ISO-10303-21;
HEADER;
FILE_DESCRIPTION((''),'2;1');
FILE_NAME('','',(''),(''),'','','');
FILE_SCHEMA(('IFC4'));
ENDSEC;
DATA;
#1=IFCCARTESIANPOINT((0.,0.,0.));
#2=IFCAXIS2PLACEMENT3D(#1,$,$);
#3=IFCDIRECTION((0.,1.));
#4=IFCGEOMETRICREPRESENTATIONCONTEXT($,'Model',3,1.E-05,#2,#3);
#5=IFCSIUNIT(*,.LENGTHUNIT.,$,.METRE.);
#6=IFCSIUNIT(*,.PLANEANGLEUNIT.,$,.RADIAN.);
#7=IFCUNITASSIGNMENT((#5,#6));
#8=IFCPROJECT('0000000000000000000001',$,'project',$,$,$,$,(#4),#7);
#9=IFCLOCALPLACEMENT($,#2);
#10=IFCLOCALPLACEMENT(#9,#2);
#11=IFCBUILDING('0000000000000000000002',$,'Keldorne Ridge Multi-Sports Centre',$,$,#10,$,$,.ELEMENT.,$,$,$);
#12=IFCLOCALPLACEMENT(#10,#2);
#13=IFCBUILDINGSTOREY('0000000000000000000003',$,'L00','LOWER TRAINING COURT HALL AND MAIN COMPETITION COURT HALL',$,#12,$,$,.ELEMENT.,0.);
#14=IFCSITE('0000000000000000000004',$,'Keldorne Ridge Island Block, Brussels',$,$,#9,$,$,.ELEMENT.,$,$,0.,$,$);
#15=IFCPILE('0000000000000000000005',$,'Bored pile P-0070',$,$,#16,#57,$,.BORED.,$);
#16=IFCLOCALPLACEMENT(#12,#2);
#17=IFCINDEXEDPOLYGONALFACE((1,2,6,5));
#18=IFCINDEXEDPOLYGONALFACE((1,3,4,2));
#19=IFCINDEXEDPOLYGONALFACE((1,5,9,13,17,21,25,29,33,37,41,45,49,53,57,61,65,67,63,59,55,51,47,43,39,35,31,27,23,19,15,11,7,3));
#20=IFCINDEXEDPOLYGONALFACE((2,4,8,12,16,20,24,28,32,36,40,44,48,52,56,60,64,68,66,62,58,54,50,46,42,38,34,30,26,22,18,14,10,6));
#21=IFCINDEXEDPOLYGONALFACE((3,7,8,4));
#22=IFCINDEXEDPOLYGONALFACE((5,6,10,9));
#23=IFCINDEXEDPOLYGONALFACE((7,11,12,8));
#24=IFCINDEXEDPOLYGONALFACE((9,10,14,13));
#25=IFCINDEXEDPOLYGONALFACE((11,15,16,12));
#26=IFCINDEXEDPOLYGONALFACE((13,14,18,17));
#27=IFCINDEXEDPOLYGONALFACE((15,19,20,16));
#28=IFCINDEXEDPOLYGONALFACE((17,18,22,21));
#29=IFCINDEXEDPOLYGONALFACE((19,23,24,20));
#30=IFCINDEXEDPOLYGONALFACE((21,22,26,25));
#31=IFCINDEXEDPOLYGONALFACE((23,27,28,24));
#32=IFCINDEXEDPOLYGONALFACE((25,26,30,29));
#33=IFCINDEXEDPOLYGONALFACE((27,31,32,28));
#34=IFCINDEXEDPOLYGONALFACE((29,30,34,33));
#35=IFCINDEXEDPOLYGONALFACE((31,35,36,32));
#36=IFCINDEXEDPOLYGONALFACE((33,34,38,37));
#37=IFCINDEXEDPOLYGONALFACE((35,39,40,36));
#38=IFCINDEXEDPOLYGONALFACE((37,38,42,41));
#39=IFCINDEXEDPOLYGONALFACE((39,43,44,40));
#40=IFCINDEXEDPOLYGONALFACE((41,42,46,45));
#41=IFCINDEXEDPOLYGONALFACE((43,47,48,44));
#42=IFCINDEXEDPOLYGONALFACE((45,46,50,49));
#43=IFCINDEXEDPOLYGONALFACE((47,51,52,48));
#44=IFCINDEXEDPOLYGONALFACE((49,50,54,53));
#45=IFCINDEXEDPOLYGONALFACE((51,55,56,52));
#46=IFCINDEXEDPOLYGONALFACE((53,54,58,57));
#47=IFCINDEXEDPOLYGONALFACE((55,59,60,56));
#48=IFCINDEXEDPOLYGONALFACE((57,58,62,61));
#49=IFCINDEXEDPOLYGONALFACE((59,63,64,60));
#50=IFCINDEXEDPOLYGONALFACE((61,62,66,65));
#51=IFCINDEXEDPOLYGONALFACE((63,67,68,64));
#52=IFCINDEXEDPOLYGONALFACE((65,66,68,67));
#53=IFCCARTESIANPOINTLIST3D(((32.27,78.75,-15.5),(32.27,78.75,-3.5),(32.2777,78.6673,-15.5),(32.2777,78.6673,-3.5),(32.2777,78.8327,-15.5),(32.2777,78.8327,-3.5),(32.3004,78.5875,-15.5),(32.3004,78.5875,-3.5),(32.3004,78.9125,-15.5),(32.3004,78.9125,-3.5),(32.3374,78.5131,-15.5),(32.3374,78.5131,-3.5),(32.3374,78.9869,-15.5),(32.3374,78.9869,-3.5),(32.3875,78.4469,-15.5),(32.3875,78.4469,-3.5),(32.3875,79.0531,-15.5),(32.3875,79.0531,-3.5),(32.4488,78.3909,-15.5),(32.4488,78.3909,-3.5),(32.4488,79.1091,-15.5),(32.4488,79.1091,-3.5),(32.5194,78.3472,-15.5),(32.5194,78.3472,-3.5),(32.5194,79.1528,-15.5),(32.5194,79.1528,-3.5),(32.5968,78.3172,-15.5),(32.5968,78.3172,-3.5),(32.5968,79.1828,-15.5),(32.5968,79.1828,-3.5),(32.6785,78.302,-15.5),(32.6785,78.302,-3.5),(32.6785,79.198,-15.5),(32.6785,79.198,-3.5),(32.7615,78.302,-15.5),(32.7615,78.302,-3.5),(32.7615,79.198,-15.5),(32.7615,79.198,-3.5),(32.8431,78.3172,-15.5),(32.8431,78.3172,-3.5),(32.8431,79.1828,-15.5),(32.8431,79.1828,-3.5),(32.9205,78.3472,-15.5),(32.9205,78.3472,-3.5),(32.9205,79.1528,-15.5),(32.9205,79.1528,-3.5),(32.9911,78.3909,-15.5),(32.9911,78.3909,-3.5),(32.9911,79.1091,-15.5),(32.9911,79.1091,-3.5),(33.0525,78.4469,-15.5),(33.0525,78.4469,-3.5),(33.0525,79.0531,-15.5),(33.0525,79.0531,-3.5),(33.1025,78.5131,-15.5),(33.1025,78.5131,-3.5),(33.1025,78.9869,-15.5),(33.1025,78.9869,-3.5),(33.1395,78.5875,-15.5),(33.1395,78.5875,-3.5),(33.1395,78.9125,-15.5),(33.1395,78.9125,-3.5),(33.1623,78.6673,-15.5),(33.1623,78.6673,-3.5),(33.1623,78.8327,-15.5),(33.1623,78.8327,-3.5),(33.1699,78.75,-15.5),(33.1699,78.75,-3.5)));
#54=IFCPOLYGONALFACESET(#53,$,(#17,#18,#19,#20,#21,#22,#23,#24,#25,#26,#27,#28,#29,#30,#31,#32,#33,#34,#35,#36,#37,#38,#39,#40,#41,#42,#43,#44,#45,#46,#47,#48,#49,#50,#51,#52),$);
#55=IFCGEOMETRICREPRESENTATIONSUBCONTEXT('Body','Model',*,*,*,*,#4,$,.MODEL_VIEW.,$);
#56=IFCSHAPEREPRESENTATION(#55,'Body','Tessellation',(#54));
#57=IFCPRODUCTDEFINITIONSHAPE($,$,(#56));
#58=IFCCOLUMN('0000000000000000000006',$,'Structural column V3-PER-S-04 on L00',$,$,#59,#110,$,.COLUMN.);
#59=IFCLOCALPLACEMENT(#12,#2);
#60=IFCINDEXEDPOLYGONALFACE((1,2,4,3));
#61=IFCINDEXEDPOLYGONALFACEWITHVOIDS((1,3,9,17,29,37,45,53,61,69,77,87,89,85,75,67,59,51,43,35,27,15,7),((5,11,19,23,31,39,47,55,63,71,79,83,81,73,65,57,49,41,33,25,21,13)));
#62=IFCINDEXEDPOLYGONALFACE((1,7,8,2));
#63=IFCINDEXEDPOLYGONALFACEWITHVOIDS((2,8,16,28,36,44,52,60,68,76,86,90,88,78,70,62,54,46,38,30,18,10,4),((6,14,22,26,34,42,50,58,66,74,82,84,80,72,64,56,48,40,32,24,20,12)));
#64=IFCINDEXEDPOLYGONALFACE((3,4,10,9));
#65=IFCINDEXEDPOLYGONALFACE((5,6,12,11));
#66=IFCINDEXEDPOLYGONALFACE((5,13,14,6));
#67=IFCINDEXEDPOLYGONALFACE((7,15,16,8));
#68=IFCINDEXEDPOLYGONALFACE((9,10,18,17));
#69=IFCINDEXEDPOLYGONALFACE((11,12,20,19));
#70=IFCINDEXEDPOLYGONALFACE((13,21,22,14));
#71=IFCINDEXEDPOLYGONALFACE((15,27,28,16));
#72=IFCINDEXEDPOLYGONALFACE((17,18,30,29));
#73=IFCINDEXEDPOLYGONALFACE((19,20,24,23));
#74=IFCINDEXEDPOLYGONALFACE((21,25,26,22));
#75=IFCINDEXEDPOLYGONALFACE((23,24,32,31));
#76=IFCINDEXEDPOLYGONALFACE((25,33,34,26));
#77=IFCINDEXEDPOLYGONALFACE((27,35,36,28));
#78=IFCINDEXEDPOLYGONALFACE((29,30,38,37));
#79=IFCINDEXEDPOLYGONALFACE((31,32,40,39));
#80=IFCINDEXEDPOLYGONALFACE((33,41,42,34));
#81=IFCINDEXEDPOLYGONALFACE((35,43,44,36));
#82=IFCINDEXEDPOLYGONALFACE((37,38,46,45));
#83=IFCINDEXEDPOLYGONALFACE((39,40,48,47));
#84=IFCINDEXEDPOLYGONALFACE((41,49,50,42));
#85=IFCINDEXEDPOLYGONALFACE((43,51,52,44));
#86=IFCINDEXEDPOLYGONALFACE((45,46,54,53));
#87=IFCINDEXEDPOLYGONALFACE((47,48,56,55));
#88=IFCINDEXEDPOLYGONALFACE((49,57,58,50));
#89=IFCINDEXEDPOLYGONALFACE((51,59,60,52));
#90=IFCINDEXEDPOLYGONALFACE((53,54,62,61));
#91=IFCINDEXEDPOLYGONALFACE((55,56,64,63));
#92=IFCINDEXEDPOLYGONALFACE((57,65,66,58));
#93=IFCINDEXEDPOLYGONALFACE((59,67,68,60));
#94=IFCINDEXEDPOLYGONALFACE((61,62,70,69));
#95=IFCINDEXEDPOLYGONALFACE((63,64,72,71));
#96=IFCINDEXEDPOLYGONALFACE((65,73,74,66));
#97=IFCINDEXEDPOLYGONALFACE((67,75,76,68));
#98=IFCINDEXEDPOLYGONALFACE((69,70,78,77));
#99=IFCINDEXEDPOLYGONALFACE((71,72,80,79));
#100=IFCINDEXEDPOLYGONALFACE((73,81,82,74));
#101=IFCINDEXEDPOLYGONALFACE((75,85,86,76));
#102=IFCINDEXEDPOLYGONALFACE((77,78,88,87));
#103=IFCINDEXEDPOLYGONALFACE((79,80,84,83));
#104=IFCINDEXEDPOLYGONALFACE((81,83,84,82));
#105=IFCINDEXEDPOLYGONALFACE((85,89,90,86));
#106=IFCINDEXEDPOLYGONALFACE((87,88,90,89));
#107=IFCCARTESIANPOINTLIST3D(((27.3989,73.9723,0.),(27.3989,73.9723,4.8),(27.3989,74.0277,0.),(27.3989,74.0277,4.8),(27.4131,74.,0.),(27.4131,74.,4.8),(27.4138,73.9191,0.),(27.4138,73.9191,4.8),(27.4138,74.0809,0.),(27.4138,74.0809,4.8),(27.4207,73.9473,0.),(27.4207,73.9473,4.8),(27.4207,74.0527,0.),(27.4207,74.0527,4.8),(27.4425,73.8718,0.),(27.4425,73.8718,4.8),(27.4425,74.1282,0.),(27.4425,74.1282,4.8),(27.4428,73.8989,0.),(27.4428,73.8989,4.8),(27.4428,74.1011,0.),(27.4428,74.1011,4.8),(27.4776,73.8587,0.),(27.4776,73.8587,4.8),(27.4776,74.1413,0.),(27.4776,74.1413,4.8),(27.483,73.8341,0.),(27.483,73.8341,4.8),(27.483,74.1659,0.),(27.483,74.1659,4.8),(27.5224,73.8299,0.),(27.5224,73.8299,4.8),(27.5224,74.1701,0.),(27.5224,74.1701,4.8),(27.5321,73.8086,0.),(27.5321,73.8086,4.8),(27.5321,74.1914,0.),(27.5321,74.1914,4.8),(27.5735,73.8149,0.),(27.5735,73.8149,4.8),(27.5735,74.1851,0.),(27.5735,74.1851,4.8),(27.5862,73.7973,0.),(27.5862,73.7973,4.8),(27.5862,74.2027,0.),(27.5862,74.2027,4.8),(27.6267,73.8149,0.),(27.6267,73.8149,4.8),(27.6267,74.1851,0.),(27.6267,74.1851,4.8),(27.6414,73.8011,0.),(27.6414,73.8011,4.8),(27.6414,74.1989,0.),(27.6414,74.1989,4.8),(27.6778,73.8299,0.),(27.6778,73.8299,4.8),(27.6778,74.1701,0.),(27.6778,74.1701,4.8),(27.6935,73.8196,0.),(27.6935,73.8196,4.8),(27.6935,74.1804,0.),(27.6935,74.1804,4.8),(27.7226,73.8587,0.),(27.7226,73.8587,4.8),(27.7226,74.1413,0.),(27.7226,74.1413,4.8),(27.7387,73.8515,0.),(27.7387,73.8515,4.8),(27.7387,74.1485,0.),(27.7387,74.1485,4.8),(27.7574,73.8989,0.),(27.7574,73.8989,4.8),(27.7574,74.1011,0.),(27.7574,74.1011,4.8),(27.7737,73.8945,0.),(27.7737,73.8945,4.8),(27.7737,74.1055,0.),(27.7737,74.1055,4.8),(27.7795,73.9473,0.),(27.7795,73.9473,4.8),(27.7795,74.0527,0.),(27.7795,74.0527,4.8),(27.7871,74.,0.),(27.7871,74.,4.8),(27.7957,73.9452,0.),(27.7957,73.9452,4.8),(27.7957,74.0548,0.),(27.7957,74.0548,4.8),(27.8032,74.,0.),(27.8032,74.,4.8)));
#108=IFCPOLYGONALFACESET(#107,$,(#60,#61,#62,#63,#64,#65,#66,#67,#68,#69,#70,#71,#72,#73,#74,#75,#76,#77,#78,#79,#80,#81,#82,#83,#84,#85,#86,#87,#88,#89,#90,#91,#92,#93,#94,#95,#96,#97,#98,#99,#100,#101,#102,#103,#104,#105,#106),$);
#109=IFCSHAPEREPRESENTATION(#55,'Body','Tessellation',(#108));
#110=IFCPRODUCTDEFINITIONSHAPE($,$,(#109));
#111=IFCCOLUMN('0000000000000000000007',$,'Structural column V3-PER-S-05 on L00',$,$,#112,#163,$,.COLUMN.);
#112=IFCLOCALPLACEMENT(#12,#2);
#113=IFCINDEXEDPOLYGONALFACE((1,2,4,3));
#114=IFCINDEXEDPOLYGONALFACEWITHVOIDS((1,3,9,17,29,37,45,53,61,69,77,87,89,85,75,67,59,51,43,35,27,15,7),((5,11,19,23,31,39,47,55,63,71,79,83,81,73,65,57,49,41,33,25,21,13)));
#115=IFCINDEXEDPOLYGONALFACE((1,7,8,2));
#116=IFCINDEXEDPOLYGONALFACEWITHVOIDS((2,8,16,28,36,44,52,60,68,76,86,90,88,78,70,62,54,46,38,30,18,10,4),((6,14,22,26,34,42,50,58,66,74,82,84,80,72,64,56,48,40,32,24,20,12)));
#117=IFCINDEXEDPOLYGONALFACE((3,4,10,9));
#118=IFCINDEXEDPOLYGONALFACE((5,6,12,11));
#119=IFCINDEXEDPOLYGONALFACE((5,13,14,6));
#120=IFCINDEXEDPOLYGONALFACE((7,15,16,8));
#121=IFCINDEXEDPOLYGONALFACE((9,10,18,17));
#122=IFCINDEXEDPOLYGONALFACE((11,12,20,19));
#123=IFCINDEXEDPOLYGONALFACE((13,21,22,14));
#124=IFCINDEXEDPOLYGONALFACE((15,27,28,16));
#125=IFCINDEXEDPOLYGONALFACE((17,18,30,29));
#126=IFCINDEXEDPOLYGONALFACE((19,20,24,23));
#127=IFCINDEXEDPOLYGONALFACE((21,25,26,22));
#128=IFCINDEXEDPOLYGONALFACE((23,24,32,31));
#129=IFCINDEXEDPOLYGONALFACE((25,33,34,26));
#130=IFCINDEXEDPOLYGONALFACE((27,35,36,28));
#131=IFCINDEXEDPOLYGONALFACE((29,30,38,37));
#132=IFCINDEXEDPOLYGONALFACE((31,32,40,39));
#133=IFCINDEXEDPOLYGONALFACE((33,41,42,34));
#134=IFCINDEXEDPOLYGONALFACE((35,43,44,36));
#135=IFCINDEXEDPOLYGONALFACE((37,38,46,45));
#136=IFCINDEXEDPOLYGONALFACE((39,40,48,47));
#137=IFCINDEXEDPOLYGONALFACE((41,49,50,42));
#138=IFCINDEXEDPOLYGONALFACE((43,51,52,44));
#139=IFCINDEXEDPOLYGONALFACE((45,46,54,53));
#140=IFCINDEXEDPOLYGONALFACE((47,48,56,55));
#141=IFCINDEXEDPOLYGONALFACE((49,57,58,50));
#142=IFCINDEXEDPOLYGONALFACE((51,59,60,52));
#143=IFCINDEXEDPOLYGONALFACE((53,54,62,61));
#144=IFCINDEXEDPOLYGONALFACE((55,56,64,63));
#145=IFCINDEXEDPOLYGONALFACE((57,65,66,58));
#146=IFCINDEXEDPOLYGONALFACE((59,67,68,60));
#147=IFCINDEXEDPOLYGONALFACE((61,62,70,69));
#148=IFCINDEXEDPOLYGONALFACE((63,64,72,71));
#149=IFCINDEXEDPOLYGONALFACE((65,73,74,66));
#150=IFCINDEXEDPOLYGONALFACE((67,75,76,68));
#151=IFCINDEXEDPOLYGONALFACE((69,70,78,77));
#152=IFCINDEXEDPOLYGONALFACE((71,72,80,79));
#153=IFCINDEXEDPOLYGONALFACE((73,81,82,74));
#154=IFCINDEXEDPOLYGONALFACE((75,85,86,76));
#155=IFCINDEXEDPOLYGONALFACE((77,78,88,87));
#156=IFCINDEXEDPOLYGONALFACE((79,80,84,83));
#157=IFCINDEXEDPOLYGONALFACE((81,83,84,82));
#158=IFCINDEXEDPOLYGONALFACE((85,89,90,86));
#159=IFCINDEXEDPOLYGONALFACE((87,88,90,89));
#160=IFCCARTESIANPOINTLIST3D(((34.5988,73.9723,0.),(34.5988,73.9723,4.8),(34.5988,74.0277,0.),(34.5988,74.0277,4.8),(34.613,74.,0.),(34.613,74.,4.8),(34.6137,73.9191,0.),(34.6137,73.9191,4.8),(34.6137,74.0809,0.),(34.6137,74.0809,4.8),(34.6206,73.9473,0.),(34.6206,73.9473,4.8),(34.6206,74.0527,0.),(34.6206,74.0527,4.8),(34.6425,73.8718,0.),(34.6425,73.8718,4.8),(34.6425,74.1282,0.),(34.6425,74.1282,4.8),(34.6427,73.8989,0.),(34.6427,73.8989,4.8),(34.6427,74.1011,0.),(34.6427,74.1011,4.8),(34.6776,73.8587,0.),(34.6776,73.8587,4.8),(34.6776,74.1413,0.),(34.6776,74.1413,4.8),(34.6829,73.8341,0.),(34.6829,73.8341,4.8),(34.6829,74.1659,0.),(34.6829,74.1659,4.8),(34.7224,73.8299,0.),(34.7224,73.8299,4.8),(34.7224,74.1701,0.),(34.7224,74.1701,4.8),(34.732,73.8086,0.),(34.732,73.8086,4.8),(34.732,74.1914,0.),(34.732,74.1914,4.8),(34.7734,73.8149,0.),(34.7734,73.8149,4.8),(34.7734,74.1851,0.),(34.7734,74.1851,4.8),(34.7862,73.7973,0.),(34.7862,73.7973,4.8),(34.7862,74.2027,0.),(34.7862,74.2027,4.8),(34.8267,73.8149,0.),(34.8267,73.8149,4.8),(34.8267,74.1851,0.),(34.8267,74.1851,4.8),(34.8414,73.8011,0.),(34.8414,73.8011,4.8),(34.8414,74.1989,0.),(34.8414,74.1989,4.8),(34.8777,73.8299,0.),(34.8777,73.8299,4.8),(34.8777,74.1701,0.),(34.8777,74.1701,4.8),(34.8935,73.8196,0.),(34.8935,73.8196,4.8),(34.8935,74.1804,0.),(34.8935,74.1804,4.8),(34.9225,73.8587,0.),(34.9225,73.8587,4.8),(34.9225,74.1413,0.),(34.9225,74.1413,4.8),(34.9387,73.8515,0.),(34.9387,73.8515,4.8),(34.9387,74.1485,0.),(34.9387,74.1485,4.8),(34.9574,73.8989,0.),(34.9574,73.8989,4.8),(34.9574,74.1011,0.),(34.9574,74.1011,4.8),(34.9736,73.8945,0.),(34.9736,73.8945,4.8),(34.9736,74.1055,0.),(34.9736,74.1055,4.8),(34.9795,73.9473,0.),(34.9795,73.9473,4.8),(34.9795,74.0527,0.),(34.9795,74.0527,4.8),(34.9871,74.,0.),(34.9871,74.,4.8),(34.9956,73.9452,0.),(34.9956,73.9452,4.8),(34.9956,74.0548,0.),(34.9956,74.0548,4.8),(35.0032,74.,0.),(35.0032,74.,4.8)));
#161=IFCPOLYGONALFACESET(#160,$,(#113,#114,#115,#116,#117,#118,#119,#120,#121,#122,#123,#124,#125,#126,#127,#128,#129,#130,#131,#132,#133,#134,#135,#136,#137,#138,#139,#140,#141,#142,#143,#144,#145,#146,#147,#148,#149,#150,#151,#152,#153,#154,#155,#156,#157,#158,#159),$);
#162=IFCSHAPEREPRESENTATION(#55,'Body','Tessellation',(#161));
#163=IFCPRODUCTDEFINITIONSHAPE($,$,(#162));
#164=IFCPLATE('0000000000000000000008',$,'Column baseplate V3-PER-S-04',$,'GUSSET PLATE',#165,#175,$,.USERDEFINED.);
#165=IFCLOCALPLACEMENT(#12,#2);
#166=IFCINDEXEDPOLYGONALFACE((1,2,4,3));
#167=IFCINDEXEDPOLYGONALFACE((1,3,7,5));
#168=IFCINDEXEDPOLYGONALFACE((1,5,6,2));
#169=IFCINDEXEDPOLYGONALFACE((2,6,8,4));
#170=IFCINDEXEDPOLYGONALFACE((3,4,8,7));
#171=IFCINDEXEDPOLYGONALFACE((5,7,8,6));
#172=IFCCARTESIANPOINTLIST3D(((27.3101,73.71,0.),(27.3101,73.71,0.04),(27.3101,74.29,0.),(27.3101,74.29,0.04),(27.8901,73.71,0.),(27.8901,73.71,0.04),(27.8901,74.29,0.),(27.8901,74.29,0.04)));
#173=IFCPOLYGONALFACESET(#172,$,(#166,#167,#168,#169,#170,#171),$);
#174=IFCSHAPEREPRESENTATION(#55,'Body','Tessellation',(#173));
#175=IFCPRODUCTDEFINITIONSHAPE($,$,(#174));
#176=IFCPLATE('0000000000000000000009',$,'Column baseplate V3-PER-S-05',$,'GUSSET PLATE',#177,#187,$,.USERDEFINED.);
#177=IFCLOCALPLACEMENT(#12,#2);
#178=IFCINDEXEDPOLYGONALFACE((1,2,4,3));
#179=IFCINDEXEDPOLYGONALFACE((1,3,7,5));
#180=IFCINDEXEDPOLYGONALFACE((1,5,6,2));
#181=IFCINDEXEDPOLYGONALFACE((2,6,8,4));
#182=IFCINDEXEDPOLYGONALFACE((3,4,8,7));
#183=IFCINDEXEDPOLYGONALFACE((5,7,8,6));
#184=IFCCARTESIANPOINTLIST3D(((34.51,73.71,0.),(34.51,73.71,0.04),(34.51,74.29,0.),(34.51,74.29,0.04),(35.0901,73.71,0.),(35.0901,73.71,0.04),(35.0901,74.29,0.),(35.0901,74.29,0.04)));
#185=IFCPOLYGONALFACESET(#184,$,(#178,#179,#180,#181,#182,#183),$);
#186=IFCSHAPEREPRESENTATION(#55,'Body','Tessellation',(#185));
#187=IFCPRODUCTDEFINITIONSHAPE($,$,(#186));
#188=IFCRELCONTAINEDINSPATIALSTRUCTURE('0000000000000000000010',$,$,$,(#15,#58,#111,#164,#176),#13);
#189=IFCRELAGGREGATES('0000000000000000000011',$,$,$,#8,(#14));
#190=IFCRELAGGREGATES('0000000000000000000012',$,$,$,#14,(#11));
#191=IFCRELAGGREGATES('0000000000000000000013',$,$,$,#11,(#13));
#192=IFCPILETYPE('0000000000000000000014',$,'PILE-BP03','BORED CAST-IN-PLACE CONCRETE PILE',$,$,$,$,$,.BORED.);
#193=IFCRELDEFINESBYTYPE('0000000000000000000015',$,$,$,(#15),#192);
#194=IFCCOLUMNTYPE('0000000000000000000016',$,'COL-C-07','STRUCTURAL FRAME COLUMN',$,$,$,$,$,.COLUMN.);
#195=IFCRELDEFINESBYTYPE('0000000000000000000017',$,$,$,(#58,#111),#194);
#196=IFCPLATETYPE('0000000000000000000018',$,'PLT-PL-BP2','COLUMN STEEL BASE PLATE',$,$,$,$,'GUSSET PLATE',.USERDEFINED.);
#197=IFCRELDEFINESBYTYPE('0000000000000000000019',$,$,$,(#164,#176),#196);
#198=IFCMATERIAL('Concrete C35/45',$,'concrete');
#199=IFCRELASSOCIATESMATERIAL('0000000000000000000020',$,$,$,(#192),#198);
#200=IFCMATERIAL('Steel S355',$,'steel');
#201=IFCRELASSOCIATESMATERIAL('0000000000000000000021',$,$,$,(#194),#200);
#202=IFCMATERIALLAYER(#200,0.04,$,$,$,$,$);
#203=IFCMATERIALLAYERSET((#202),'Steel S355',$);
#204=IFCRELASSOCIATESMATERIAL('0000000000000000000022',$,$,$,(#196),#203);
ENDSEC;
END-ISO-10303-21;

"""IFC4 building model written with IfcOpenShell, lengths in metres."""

from ifc_helpers import new_model, si_unit, direction, frame, origin, origin_2d, place, context, subcontext, project, spatial, rectangle, circle, hollow_circle, extrude, material, layer, layer_set, material_profile, profile_set, type_object, element, save


model = new_model("IFC4")

# Units and contexts
model_context = context("Model", 3, precision=1e-05, world=origin(), true_north=direction((0.0, 1.0)))
body_context = subcontext(model_context, "Body", "Model", "MODEL_VIEW")
ifc_project = project(units=[si_unit("LENGTHUNIT", "METRE"), si_unit("PLANEANGLEUNIT", "RADIAN")], contexts=[model_context])

# Site, building, storey
site_placement = place(None, origin())
site = spatial("IfcSite", under=ifc_project, at=site_placement, Name="Keldorne Ridge Island Block, Brussels", CompositionType="ELEMENT", RefElevation=0.0)
building_placement = place(site_placement, origin())
building = spatial("IfcBuilding", under=site, at=building_placement, Name="Keldorne Ridge Multi-Sports Centre", CompositionType="ELEMENT")
storey_placement = place(building_placement, origin())
storey = spatial("IfcBuildingStorey", under=building, at=storey_placement, Name="L00", Description="LOWER TRAINING COURT HALL AND MAIN COMPETITION COURT HALL", CompositionType="ELEMENT", Elevation=0.0)

# Shared definitions
ifc_material_1 = material(Name="Concrete C35/45", Category="concrete")

# Pile
ifc_material_profile_1 = material_profile(ifc_material_1, circle(Radius=0.45, at=origin_2d()), Name="BORED PILE D900")
ifc_profile_set_1 = profile_set([ifc_material_profile_1], Name="Concrete C35/45")
pile_type_1 = type_object("IfcPileType", Name="PILE-BP03", Description="BORED CAST-IN-PLACE CONCRETE PILE", PredefinedType="BORED", material=ifc_profile_set_1)
for number, where, z_axis, x_axis, name in (
    (1, (32.72, 78.75, -3.5), (0.0, 0.0, -1.0), (1.0, 0.0, 0.0), "Bored pile P-0070"),
):
    element("IfcPile", number, at=place(storey_placement, frame(where, z_axis=z_axis, x_axis=x_axis)), inside=storey, type_object=pile_type_1, Name=name, PredefinedType="BORED", context=body_context, shape_type="SweptSolid", body=[
        extrude(circle(Radius=0.45, at=origin_2d()), origin(), (0.0, 0.0, 1.0), 12.0),
    ])

# Columns
ifc_material_2 = material(Name="Steel S355", Category="steel")
ifc_material_profile_2 = material_profile(ifc_material_2, hollow_circle(Radius=0.2031, WallThickness=0.0161, at=origin_2d()), Name="CHS 406.4x16")
ifc_profile_set_2 = profile_set([ifc_material_profile_2], Name="Steel S355")
column_type = type_object("IfcColumnType", Name="COL-C-07", Description="STRUCTURAL FRAME COLUMN", PredefinedType="COLUMN", material=ifc_profile_set_2)
for number, where, z_axis, x_axis, name in (
    (2, (27.6001, 74.0, 0.0), (0.0, 0.0, 1.0), (1.0, 0.0, 0.0), "Structural column V3-PER-S-04 on L00"),
    (3, (34.8, 74.0, 0.0), (0.0, 0.0, 1.0), (1.0, 0.0, 0.0), "Structural column V3-PER-S-05 on L00"),
):
    element("IfcColumn", number, at=place(storey_placement, frame(where, z_axis=z_axis, x_axis=x_axis)), inside=storey, type_object=column_type, Name=name, PredefinedType="COLUMN", context=body_context, shape_type="SweptSolid", body=[
        extrude(hollow_circle(Radius=0.2031, WallThickness=0.0161, at=origin_2d()), origin(), (0.0, 0.0, 1.0), 4.8),
    ])

# Plates
ifc_layer_1 = layer(ifc_material_2, 0.04)
ifc_layer_set_1 = layer_set([ifc_layer_1], Name="Steel S355")
plate_type = type_object("IfcPlateType", Name="PLT-PL-BP2", Description="COLUMN STEEL BASE PLATE", ElementType="GUSSET PLATE", PredefinedType="USERDEFINED", material=ifc_layer_set_1)
for number, where, z_axis, x_axis, name in (
    (4, (27.6001, 74.0, 0.0), (0.0, 0.0, 1.0), (1.0, 0.0, 0.0), "Column baseplate V3-PER-S-04"),
    (5, (34.8, 74.0, 0.0), (0.0, 0.0, 1.0), (1.0, 0.0, 0.0), "Column baseplate V3-PER-S-05"),
):
    element("IfcPlate", number, at=place(storey_placement, frame(where, z_axis=z_axis, x_axis=x_axis)), inside=storey, type_object=plate_type, Name=name, ObjectType="GUSSET PLATE", PredefinedType="USERDEFINED", context=body_context, shape_type="SweptSolid", body=[
        extrude(rectangle(XDim=0.5801, YDim=0.5801, at=origin_2d()), origin(), (0.0, 0.0, 1.0), 0.04),
    ])

save(model, "model.ifc")
